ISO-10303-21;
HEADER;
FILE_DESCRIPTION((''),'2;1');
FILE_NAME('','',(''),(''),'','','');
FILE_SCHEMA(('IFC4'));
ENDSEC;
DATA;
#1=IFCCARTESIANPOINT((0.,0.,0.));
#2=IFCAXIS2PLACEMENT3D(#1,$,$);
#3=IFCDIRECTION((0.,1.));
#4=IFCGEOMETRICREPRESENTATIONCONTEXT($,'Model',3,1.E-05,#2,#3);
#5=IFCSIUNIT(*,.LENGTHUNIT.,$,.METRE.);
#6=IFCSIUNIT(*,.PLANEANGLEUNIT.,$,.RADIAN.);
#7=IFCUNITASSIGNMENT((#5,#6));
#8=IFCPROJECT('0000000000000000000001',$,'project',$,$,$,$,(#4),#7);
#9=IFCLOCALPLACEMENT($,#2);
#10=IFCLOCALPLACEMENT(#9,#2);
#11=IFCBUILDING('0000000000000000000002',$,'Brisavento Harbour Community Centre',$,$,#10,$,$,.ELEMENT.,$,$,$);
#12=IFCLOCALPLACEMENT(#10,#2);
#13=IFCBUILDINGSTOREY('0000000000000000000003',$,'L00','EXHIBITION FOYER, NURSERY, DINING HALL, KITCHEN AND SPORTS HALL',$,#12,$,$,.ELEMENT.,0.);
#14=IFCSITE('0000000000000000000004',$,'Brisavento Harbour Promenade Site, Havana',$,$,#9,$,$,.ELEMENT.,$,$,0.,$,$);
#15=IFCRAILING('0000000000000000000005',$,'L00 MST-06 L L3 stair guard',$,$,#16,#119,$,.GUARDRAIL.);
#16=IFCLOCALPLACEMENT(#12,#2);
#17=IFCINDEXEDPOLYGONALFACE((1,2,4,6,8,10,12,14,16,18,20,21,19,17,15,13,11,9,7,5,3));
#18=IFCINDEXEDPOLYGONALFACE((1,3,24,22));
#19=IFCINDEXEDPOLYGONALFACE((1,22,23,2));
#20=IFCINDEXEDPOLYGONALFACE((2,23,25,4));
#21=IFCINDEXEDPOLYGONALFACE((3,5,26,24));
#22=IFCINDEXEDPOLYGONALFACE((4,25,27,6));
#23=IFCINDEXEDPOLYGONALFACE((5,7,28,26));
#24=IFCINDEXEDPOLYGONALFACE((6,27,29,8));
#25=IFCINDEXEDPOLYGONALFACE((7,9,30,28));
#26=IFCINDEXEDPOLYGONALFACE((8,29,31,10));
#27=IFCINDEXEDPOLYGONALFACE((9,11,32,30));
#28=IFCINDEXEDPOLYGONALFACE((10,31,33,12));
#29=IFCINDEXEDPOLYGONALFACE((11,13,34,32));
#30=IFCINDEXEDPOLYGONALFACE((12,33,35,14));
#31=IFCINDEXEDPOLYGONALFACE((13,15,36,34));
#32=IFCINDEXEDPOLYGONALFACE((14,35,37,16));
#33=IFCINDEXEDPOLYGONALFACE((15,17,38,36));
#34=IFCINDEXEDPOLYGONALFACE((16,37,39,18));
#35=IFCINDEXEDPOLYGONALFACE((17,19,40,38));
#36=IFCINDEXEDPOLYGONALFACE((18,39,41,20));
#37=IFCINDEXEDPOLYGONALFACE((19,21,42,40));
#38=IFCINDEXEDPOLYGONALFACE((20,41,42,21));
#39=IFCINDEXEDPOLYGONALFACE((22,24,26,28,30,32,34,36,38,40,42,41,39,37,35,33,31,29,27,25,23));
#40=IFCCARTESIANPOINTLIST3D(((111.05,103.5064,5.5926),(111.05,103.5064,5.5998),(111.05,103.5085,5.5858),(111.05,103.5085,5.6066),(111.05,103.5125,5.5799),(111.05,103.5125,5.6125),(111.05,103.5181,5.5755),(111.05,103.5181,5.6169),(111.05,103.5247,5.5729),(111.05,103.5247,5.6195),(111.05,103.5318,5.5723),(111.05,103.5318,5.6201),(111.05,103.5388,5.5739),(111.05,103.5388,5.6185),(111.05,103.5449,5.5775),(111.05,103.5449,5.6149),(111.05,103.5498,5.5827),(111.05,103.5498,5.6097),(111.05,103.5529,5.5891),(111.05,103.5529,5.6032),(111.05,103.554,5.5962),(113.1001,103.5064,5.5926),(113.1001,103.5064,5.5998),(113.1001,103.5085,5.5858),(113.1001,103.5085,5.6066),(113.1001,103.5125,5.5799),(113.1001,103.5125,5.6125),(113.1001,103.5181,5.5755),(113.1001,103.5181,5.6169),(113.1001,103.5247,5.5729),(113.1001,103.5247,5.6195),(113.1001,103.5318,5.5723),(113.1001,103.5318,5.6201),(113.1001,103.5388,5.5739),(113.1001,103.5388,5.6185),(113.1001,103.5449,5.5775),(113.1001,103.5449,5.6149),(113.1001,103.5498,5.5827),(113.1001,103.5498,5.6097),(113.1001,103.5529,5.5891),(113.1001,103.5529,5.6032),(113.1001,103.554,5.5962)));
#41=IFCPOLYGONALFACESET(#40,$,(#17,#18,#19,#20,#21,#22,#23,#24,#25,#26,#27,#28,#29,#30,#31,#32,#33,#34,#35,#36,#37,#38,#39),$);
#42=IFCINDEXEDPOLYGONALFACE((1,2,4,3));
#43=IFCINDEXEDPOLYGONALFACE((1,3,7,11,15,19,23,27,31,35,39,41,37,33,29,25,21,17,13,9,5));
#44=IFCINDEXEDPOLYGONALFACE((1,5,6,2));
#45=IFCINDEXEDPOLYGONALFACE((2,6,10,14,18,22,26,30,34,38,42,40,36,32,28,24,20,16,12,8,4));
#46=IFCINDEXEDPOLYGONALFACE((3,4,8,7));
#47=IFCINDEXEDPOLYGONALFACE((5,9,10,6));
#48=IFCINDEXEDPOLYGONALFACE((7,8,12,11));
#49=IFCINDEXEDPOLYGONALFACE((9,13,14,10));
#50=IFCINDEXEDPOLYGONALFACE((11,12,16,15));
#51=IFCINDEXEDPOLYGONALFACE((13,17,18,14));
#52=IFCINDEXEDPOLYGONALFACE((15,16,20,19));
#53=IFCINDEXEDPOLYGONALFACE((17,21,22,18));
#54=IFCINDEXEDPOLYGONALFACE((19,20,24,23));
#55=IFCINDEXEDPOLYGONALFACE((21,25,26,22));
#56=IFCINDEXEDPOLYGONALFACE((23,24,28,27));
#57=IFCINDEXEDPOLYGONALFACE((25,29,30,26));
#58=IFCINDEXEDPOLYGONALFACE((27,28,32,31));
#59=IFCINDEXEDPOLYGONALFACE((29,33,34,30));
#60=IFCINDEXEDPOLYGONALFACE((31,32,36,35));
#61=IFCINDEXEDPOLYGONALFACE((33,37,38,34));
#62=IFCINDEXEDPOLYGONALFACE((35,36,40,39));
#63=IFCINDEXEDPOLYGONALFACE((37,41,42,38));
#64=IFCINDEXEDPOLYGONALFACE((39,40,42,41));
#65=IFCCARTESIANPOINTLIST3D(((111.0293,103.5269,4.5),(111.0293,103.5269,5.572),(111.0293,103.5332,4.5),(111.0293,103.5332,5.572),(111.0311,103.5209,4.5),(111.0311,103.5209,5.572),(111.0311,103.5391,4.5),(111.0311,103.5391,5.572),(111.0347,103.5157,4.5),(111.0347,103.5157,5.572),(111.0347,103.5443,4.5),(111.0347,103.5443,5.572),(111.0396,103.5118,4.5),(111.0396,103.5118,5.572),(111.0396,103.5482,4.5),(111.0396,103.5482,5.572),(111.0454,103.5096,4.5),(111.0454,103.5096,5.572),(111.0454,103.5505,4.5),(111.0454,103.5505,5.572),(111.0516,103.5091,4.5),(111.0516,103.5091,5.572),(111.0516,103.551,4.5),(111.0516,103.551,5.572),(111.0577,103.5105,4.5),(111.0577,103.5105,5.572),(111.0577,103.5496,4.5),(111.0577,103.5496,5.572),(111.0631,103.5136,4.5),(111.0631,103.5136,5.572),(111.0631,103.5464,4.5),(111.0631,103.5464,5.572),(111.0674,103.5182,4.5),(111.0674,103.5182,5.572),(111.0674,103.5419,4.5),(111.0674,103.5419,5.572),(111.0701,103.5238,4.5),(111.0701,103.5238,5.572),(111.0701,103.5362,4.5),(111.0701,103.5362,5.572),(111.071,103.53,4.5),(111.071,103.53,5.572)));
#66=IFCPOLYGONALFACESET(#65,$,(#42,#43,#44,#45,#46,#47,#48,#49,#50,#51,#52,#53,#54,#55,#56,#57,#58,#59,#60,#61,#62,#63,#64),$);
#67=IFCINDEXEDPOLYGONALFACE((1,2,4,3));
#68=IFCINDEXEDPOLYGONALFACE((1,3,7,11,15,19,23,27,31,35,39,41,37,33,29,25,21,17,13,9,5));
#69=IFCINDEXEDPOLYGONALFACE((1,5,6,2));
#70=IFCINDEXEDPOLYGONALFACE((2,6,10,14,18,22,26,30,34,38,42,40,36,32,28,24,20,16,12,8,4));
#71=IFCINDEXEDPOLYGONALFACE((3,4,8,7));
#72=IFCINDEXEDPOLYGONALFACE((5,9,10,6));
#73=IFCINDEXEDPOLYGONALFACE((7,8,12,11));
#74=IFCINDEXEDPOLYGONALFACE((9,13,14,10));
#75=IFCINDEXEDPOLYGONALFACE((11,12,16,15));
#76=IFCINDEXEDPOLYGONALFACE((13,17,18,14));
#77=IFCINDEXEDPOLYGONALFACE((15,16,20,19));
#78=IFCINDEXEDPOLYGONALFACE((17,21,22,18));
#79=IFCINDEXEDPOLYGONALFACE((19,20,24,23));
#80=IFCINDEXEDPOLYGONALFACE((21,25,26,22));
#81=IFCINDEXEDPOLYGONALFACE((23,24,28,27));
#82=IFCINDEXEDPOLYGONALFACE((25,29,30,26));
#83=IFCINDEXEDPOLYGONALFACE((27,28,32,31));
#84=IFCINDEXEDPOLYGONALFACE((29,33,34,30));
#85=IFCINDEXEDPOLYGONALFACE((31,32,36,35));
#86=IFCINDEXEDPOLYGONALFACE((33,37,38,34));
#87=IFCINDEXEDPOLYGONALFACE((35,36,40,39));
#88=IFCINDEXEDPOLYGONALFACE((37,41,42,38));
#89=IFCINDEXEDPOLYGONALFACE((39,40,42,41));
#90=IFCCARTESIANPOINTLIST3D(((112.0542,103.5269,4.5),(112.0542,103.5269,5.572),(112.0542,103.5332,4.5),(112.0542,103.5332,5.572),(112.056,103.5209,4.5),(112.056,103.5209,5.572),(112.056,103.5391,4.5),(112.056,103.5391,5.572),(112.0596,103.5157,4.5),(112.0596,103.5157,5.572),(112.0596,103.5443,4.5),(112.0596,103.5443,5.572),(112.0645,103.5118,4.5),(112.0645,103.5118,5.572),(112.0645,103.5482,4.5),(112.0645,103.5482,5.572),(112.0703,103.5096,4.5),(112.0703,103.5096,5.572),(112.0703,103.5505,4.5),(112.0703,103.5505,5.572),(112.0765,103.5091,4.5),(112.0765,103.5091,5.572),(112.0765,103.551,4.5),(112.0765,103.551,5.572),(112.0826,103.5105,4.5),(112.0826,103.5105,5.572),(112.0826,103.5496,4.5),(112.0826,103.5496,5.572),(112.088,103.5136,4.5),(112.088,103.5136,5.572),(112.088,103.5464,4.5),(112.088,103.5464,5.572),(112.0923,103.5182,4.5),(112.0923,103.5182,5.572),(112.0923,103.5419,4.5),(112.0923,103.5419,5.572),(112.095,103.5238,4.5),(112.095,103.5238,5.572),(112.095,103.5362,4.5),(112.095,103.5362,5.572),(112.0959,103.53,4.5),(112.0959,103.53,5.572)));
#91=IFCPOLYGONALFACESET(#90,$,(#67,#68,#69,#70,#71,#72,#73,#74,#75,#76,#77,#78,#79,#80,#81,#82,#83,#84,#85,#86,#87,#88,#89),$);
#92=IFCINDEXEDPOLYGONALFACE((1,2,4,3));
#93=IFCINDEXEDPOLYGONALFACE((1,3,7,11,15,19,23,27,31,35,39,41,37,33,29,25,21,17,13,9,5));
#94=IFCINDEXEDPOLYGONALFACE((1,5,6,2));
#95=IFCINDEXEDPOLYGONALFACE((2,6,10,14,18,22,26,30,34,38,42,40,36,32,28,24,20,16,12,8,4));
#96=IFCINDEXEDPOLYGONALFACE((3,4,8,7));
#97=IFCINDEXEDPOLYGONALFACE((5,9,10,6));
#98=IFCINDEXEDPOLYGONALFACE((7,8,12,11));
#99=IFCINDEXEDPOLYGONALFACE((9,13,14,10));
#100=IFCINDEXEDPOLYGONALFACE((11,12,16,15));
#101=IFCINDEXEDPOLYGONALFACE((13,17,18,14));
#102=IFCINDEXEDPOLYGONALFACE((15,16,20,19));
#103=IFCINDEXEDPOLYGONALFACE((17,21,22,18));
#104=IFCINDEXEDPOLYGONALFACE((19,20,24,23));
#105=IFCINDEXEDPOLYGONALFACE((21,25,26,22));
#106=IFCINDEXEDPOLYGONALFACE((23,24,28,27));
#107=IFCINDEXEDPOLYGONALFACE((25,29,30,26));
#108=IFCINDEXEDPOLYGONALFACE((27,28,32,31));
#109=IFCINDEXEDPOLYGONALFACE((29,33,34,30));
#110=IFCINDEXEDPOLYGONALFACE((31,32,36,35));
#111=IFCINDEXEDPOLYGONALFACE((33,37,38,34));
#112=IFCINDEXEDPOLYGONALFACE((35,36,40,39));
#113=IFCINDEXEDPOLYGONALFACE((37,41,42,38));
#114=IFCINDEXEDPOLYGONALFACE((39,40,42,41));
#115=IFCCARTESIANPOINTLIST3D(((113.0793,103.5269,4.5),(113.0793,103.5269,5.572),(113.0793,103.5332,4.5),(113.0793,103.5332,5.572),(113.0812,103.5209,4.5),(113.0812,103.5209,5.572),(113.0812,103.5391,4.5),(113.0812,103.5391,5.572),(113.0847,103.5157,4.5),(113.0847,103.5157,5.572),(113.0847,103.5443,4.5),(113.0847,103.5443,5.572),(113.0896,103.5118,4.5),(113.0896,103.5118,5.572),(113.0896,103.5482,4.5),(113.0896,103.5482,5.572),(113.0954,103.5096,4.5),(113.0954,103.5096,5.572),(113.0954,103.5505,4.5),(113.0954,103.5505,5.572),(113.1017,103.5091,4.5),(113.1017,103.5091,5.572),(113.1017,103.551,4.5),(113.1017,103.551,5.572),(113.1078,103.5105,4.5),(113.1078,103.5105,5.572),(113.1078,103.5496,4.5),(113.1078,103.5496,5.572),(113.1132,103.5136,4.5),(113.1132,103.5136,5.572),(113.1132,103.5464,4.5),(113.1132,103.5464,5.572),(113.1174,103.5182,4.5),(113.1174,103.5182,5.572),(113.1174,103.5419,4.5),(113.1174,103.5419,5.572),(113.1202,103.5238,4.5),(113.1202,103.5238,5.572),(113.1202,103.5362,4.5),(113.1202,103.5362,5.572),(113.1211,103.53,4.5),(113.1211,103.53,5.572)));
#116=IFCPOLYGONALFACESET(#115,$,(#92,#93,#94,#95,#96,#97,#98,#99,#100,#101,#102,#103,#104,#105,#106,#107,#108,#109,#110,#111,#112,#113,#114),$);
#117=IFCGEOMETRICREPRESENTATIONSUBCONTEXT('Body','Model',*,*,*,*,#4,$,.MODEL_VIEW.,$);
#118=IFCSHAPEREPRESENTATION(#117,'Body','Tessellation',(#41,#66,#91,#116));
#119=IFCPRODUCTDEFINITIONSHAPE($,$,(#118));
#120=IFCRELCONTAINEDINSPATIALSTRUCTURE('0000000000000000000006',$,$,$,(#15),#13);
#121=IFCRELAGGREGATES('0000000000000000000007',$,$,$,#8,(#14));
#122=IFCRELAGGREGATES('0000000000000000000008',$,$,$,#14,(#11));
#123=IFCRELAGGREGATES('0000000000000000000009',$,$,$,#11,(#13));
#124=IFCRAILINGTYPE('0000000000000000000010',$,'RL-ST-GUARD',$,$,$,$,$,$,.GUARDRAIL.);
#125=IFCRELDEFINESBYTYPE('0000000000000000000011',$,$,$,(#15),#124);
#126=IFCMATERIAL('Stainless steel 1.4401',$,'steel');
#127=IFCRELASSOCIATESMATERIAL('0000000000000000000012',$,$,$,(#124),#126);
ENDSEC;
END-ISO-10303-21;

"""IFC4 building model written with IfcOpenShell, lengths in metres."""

from ifc_helpers import new_model, si_unit, direction, frame, origin, origin_2d, place, context, subcontext, project, spatial, circle, extrude, material, type_object, element, save


model = new_model("IFC4")

# Units and contexts
model_context = context("Model", 3, precision=1e-05, world=origin(), true_north=direction((0.0, 1.0)))
body_context = subcontext(model_context, "Body", "Model", "MODEL_VIEW")
ifc_project = project(units=[si_unit("LENGTHUNIT", "METRE"), si_unit("PLANEANGLEUNIT", "RADIAN")], contexts=[model_context])

# Site, building, storey
site_placement = place(None, origin())
site = spatial("IfcSite", under=ifc_project, at=site_placement, Name="Brisavento Harbour Promenade Site, Havana", CompositionType="ELEMENT", RefElevation=0.0)
building_placement = place(site_placement, origin())
building = spatial("IfcBuilding", under=site, at=building_placement, Name="Brisavento Harbour Community Centre", CompositionType="ELEMENT")
storey_placement = place(building_placement, origin())
storey = spatial("IfcBuildingStorey", under=building, at=storey_placement, Name="L00", Description="EXHIBITION FOYER, NURSERY, DINING HALL, KITCHEN AND SPORTS HALL", CompositionType="ELEMENT", Elevation=0.0)

# Railing
ifc_material_1 = material(Name="Stainless steel 1.4401", Category="steel")
railing_type = type_object("IfcRailingType", Name="RL-ST-GUARD", PredefinedType="GUARDRAIL", material=ifc_material_1)
railing_1_placement = place(storey_placement, frame((111.05, 103.53, 4.5)))
element("IfcRailing", 1, at=railing_1_placement, inside=storey, type_object=railing_type, Name="L00 MST-06 L L3 stair guard", PredefinedType="GUARDRAIL", context=body_context, shape_type="SweptSolid", body=[
    extrude(circle(Radius=0.0239, at=origin_2d()), frame((0.0, 0.0, 1.0962), z_axis=(1.0, 0.0, 0.0), x_axis=(0.0, 1.0, 0.0)), (0.0, 0.0, 1.0), 2.05),
    extrude(circle(Radius=0.021, at=origin_2d()), origin(), (0.0, 0.0, 1.0), 1.072),
    extrude(circle(Radius=0.021, at=origin_2d()), frame((1.0249, 0.0, 0.0)), (0.0, 0.0, 1.0), 1.072),
    extrude(circle(Radius=0.021, at=origin_2d()), frame((2.05, 0.0, 0.0)), (0.0, 0.0, 1.0), 1.072),
])

save(model, "model.ifc")
